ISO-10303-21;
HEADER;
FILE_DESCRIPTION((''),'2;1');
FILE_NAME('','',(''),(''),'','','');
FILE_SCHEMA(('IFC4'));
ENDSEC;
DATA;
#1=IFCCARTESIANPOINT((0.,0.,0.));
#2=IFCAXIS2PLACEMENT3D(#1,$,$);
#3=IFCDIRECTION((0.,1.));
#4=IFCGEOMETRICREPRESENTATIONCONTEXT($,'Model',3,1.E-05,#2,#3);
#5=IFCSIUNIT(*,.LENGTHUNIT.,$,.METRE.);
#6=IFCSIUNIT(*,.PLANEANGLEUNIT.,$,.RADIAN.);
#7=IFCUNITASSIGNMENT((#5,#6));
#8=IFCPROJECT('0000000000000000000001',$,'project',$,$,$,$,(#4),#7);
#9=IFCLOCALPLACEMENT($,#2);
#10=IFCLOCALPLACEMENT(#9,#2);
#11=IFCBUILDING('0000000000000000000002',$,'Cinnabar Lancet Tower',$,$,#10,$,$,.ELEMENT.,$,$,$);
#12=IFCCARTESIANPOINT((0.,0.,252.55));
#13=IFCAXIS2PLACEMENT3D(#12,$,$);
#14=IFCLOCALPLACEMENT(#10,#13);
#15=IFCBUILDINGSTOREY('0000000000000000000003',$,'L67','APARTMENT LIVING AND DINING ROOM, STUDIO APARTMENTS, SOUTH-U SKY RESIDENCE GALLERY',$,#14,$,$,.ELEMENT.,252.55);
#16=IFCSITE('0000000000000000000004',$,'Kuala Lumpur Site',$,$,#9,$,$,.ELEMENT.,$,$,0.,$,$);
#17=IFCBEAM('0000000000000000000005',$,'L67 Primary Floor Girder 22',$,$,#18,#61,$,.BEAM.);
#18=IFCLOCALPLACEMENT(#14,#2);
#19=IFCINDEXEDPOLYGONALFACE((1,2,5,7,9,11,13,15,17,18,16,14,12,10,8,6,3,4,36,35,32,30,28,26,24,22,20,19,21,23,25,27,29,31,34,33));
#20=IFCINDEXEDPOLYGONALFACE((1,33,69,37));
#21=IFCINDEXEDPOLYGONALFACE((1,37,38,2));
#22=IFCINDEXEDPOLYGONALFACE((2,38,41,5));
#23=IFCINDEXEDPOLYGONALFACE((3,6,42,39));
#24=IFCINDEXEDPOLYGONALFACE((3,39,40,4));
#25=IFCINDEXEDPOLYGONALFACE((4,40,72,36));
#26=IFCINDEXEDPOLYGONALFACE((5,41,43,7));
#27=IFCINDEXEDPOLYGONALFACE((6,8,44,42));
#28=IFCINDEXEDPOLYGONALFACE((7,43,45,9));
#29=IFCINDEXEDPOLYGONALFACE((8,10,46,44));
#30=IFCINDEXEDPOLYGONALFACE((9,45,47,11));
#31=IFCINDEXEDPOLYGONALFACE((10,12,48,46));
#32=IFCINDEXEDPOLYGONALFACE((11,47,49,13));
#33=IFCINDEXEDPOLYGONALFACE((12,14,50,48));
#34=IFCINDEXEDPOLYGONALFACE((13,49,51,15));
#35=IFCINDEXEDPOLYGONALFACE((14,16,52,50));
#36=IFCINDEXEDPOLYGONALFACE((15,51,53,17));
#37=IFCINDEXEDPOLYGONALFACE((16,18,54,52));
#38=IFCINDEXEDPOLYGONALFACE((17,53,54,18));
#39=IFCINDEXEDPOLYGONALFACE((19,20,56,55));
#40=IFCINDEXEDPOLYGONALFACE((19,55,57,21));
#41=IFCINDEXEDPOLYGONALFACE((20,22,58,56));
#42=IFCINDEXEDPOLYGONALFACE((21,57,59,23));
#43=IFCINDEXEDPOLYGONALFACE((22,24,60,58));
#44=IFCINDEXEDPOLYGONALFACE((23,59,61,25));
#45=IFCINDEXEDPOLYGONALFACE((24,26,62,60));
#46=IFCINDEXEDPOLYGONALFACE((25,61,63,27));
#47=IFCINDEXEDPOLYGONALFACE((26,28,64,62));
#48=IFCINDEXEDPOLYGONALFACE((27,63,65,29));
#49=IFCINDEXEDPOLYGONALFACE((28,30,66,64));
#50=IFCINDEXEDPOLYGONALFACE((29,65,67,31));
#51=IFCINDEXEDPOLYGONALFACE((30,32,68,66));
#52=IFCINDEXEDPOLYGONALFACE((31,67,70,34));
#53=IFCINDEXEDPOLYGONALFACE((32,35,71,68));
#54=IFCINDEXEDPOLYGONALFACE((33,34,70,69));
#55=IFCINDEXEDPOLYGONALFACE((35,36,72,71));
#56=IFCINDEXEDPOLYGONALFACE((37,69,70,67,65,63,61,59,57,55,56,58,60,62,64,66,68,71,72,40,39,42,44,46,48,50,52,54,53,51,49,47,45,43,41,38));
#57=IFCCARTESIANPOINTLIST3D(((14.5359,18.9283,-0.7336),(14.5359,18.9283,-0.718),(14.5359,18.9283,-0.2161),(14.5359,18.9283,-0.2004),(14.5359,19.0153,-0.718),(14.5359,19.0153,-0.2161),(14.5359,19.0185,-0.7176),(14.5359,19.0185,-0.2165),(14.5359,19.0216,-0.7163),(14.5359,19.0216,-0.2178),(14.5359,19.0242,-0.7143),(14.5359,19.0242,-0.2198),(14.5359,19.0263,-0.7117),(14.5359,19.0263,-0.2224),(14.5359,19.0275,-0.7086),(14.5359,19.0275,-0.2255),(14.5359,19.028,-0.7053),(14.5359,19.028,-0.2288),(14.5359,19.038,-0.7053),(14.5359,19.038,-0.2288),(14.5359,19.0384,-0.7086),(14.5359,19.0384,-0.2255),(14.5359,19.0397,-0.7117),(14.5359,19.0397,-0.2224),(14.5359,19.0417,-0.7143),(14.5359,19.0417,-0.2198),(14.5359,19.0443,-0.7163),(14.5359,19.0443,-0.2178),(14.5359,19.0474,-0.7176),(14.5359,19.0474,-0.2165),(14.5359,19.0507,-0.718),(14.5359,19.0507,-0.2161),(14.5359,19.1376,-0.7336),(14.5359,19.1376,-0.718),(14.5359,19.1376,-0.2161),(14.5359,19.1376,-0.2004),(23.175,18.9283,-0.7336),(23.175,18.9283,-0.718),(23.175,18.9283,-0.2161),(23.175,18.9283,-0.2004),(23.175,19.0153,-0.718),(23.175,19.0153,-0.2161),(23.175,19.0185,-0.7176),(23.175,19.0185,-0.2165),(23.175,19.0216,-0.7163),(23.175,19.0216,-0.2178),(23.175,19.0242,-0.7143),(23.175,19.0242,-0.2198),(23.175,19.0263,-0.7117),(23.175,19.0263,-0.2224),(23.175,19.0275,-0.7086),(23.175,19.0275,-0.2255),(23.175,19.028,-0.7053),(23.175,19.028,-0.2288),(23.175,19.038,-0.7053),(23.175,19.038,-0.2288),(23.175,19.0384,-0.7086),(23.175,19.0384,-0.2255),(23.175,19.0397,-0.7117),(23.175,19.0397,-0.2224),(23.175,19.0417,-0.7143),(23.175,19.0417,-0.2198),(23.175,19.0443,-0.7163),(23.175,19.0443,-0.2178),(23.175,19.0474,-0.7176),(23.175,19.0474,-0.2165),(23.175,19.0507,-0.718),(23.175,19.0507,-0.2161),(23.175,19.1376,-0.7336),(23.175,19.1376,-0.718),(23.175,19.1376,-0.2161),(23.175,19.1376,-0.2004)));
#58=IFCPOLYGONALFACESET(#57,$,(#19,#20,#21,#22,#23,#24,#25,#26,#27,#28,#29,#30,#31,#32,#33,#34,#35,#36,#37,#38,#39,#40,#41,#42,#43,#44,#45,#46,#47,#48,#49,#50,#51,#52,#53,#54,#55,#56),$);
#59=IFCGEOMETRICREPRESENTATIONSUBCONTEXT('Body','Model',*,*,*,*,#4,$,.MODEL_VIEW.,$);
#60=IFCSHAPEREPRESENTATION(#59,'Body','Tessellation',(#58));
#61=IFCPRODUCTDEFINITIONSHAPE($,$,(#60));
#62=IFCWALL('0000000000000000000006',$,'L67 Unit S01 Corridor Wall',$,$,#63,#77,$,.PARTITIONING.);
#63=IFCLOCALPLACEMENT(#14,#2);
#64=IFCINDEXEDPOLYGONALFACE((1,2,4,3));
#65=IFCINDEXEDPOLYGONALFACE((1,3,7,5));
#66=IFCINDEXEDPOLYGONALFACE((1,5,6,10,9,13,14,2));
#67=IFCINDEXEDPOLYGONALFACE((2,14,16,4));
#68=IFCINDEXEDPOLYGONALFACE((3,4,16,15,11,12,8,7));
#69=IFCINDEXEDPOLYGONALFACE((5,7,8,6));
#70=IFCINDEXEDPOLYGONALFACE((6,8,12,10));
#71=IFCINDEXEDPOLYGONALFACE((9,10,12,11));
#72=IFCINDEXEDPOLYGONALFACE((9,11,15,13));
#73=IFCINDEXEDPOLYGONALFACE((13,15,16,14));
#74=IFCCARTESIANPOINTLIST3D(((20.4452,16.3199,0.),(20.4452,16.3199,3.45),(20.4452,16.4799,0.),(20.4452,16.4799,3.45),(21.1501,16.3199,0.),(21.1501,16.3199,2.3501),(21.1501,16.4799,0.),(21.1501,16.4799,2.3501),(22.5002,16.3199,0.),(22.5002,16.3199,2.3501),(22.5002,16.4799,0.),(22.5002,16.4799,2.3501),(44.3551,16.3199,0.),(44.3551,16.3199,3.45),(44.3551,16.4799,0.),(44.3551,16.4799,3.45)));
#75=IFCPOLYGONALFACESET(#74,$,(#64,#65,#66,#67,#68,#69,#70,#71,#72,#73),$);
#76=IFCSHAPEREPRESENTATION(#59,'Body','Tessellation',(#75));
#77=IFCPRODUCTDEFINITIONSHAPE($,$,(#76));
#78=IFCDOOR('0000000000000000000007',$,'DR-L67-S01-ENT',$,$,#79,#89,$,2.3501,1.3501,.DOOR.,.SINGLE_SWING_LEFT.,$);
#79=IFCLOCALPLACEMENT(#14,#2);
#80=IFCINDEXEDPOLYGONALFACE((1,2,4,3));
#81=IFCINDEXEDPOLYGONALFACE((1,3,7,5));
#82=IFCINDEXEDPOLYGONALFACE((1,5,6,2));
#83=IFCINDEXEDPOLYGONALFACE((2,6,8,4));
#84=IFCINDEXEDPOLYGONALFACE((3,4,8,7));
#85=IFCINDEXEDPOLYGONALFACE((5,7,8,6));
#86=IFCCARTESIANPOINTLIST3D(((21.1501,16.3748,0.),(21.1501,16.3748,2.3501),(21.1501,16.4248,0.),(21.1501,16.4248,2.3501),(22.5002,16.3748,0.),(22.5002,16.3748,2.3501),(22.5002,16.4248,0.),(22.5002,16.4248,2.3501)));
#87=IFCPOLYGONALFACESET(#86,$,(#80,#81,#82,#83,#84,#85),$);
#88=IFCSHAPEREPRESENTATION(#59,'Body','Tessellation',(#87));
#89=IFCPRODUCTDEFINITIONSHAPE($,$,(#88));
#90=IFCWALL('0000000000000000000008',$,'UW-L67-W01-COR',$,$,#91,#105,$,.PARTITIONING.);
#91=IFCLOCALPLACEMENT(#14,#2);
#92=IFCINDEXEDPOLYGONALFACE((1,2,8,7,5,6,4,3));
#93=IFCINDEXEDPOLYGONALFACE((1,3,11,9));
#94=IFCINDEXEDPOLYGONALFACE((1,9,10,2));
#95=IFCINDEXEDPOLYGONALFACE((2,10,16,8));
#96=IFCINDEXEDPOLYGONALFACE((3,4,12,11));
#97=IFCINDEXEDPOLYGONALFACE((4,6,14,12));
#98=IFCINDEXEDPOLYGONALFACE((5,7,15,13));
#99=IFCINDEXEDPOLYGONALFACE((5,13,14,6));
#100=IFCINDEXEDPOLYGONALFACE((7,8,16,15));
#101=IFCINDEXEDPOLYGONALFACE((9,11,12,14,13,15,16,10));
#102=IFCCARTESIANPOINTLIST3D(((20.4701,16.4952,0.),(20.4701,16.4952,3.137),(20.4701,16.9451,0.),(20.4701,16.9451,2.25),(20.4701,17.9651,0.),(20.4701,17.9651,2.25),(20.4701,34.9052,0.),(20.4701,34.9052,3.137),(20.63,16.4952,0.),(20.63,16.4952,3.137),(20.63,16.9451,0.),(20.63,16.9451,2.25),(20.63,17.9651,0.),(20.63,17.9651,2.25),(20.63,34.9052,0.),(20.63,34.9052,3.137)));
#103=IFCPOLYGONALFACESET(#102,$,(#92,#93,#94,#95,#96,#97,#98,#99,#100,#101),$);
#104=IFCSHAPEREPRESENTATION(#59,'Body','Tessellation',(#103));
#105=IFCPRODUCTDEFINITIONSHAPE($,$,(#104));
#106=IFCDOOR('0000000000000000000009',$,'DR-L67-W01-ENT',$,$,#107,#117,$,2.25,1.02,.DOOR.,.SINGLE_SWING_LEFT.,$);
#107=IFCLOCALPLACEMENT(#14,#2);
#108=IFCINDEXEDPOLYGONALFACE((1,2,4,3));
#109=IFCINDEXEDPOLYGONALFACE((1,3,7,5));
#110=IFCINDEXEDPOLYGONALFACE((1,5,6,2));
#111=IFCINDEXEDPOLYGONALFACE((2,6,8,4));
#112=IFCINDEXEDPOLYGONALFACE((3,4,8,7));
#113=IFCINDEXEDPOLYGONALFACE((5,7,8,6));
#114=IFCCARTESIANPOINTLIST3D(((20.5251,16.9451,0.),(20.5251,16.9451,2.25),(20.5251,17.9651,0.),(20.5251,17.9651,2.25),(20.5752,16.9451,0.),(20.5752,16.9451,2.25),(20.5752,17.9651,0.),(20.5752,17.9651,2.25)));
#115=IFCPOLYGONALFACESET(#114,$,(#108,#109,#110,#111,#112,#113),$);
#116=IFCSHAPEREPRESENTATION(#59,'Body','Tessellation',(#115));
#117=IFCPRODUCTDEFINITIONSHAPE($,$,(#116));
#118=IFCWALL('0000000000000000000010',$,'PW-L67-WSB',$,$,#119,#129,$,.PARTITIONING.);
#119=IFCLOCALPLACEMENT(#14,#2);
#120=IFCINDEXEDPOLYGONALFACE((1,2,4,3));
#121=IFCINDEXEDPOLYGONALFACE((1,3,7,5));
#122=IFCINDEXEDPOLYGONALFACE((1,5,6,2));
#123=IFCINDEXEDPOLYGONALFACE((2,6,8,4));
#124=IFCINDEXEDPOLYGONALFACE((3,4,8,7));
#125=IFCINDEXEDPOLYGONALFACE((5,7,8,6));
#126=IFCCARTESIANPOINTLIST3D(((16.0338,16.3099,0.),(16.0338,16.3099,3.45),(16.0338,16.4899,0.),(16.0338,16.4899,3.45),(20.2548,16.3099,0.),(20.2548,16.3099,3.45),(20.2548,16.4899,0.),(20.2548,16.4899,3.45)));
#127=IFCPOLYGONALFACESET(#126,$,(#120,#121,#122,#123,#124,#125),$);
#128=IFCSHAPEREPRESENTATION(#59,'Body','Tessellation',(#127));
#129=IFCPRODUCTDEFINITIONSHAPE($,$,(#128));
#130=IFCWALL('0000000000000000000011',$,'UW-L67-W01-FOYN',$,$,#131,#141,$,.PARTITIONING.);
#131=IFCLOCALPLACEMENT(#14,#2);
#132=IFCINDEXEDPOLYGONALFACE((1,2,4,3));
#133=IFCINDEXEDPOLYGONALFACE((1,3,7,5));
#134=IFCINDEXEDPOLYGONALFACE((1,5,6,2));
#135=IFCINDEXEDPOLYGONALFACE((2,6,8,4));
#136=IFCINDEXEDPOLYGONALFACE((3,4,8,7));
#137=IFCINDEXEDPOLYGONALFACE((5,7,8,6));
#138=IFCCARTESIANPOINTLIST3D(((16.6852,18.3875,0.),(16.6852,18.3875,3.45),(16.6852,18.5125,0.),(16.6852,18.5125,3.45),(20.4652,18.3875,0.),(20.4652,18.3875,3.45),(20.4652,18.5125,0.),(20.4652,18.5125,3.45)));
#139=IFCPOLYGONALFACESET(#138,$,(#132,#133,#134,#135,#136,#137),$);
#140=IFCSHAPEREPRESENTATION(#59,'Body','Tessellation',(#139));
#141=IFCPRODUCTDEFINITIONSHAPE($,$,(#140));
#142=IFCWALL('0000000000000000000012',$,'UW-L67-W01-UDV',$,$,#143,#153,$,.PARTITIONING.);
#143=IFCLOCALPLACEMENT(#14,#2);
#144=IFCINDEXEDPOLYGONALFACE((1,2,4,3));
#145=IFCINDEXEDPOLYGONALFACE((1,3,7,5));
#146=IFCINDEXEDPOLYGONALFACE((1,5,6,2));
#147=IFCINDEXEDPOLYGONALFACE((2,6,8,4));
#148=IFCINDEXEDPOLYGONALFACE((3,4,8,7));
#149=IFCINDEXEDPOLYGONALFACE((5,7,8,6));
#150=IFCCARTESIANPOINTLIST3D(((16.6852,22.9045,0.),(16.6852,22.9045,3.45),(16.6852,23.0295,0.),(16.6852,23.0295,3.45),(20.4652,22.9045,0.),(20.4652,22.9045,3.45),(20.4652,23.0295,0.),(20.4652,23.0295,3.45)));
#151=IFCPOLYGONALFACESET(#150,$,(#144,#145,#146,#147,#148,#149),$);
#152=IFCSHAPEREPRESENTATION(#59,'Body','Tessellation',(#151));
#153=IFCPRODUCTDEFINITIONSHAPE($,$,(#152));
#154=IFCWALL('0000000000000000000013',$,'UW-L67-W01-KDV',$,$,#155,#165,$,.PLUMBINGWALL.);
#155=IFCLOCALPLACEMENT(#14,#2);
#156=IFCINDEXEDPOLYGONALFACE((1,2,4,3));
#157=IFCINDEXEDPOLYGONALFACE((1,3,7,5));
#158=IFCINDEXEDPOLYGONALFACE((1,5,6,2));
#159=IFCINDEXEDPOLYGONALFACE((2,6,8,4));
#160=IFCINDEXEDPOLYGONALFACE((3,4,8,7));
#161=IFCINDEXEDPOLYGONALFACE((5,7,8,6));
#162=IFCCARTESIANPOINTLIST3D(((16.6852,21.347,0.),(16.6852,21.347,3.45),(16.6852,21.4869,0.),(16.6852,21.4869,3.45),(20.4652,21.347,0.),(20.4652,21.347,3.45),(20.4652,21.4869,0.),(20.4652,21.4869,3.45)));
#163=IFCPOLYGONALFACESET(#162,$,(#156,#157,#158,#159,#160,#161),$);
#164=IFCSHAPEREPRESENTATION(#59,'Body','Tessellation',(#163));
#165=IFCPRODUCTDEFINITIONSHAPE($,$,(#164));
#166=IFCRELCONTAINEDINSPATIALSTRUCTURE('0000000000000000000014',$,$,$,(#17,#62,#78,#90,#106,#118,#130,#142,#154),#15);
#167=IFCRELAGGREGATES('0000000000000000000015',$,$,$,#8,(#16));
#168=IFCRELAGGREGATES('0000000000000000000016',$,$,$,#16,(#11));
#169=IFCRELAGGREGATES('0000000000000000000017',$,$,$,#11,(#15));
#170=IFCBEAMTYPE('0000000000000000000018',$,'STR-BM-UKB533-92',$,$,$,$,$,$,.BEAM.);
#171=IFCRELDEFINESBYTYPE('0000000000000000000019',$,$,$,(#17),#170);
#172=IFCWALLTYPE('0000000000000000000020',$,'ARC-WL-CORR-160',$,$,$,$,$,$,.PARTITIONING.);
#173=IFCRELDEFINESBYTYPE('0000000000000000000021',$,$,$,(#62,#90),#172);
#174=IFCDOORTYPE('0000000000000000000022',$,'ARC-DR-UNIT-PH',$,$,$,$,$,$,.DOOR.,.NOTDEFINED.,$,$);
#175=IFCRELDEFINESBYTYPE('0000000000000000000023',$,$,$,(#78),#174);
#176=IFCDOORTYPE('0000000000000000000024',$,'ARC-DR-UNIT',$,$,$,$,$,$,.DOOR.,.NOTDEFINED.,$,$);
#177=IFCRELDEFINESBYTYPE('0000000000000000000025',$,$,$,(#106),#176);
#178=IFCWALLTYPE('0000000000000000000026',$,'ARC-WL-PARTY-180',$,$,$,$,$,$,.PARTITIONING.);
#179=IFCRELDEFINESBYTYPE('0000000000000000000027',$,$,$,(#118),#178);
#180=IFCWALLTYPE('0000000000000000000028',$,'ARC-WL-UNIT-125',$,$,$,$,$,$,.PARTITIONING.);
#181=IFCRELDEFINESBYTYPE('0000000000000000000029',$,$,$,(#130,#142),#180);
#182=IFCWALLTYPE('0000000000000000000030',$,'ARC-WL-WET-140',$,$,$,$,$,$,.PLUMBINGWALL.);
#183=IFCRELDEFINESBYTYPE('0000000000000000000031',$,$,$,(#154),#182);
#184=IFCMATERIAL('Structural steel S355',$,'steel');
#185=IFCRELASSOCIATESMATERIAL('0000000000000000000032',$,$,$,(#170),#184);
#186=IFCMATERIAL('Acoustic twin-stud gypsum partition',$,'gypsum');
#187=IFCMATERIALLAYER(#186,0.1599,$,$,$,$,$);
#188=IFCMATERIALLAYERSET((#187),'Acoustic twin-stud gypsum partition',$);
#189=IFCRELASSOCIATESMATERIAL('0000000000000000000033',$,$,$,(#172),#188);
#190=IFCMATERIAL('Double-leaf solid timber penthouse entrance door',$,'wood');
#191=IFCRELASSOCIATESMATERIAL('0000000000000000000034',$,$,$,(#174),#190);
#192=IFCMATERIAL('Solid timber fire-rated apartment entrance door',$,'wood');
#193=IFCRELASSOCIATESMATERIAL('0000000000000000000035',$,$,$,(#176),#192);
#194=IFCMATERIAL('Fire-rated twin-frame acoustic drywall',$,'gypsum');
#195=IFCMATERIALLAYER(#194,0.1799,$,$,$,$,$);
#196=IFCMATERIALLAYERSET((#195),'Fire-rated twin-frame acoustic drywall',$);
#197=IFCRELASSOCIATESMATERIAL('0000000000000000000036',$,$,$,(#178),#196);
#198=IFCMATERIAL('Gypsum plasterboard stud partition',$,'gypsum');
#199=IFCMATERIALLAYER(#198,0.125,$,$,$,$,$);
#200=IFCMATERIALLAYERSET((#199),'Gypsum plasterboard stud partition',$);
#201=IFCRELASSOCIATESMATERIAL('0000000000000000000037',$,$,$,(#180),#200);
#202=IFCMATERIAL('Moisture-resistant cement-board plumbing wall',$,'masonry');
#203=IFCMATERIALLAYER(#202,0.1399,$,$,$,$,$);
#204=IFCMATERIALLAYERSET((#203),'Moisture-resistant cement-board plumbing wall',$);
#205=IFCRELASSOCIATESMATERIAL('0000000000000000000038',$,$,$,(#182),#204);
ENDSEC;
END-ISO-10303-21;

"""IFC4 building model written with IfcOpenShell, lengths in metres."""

from ifc_helpers import new_model, si_unit, direction, frame, frame_2d, origin, origin_2d, place, context, subcontext, project, spatial, rectangle, i_section, extrude, material, layer, layer_set, material_profile, profile_set, type_object, element, fill, save


model = new_model("IFC4")

# Units and contexts
model_context = context("Model", 3, precision=1e-05, world=origin(), true_north=direction((0.0, 1.0)))
body_context = subcontext(model_context, "Body", "Model", "MODEL_VIEW")
ifc_project = project(units=[si_unit("LENGTHUNIT", "METRE"), si_unit("PLANEANGLEUNIT", "RADIAN")], contexts=[model_context])

# Site, building, storey
site_placement = place(None, origin())
site = spatial("IfcSite", under=ifc_project, at=site_placement, Name="Kuala Lumpur Site", CompositionType="ELEMENT", RefElevation=0.0)
building_placement = place(site_placement, origin())
building = spatial("IfcBuilding", under=site, at=building_placement, Name="Cinnabar Lancet Tower", CompositionType="ELEMENT")
storey_placement = place(building_placement, frame((0.0, 0.0, 252.55)))
storey = spatial("IfcBuildingStorey", under=building, at=storey_placement, Name="L67", Description="APARTMENT LIVING AND DINING ROOM, STUDIO APARTMENTS, SOUTH-U SKY RESIDENCE GALLERY", CompositionType="ELEMENT", Elevation=252.55)

# Beam
ifc_material_1 = material(Name="Structural steel S355", Category="steel")
ifc_material_profile_1 = material_profile(ifc_material_1, i_section(OverallWidth=0.2092, OverallDepth=0.5332, WebThickness=0.01, FlangeThickness=0.0156, FilletRadius=0.0127, at=origin_2d()), Name="UKB 533x210x92")
ifc_profile_set_1 = profile_set([ifc_material_profile_1], Name="Structural steel S355")
beam_type_1 = type_object("IfcBeamType", Name="STR-BM-UKB533-92", PredefinedType="BEAM", material=ifc_profile_set_1)
beam_1_placement = place(storey_placement, frame((14.5359, 19.033, -0.467), z_axis=(1.0, 0.0, 0.0), x_axis=(0.0, 1.0, 0.0)))
element("IfcBeam", 1, at=beam_1_placement, inside=storey, type_object=beam_type_1, Name="L67 Primary Floor Girder 22", PredefinedType="BEAM", context=body_context, shape_type="SweptSolid", body=[
    extrude(i_section(OverallWidth=0.2092, OverallDepth=0.5332, WebThickness=0.01, FlangeThickness=0.0156, FilletRadius=0.0127, at=origin_2d()), origin(), (0.0, 0.0, 1.0), 8.6392),
])

# Walls, openings, doors
ifc_material_2 = material(Name="Acoustic twin-stud gypsum partition", Category="gypsum")
ifc_layer_1 = layer(ifc_material_2, 0.1599)
ifc_layer_set_1 = layer_set([ifc_layer_1], Name="Acoustic twin-stud gypsum partition")
wall_type_1 = type_object("IfcWallType", Name="ARC-WL-CORR-160", PredefinedType="PARTITIONING", material=ifc_layer_set_1)
wall_1_placement = place(storey_placement, frame((20.4451, 16.3999, 0.0), z_axis=(0.0, 0.0, 1.0), x_axis=(1.0, 0.0, 0.0)))
wall_1 = element("IfcWall", 2, at=wall_1_placement, inside=storey, type_object=wall_type_1, Name="L67 Unit S01 Corridor Wall", PredefinedType="PARTITIONING", context=body_context, shape_type="SweptSolid", body=[
    extrude(rectangle(XDim=23.9099, YDim=0.1599, at=frame_2d((11.9551, 0.0))), origin(), (0.0, 0.0, 1.0), 3.45),
])
opening_1_placement = place(wall_1_placement, frame((0.7051, 0.0, 0.0)))
opening_1 = element("IfcOpeningElement", 3, at=opening_1_placement, cuts=wall_1, PredefinedType="OPENING", context=body_context, shape_type="SweptSolid", body=[
    extrude(rectangle(XDim=1.3501, YDim=2.3501, at=frame_2d((0.675, 1.175))), frame((0.0, 0.0898, 0.0), z_axis=(0.0, -1.0, 0.0), x_axis=(1.0, 0.0, 0.0)), (0.0, 0.0, 1.0), 0.1799),
])
ifc_material_3 = material(Name="Double-leaf solid timber penthouse entrance door", Category="wood")
door_type_1 = type_object("IfcDoorType", Name="ARC-DR-UNIT-PH", OperationType="NOTDEFINED", PredefinedType="DOOR", material=ifc_material_3)
door_1_placement = place(opening_1_placement, origin())
door_1 = element("IfcDoor", 4, at=door_1_placement, inside=storey, type_object=door_type_1, Name="DR-L67-S01-ENT", OperationType="SINGLE_SWING_LEFT", OverallHeight=2.3501, OverallWidth=1.3501, PredefinedType="DOOR", context=body_context, shape_type="SweptSolid", body=[
    extrude(rectangle(XDim=1.3501, YDim=2.3501, at=frame_2d((0.675, 1.175))), frame((0.0, 0.0249, 0.0), z_axis=(0.0, -1.0, 0.0), x_axis=(1.0, 0.0, 0.0)), (0.0, 0.0, 1.0), 0.05),
])
fill(opening_1, door_1)
wall_2_placement = place(storey_placement, frame((20.55, 16.4951, 0.0), z_axis=(0.0, 0.0, 1.0), x_axis=(0.0, 1.0, 0.0)))
wall_2 = element("IfcWall", 5, at=wall_2_placement, inside=storey, type_object=wall_type_1, Name="UW-L67-W01-COR", PredefinedType="PARTITIONING", context=body_context, shape_type="SweptSolid", body=[
    extrude(rectangle(XDim=18.4099, YDim=0.1599, at=frame_2d((9.2051, 0.0))), origin(), (0.0, 0.0, 1.0), 3.137),
])
opening_2_placement = place(wall_2_placement, frame((0.45, 0.0, 0.0)))
opening_2 = element("IfcOpeningElement", 6, at=opening_2_placement, cuts=wall_2, PredefinedType="OPENING", context=body_context, shape_type="SweptSolid", body=[
    extrude(rectangle(XDim=1.02, YDim=2.25, at=frame_2d((0.51, 1.125))), frame((0.0, 0.0898, 0.0), z_axis=(0.0, -1.0, 0.0), x_axis=(1.0, 0.0, 0.0)), (0.0, 0.0, 1.0), 0.1799),
])
ifc_material_4 = material(Name="Solid timber fire-rated apartment entrance door", Category="wood")
door_type_2 = type_object("IfcDoorType", Name="ARC-DR-UNIT", OperationType="NOTDEFINED", PredefinedType="DOOR", material=ifc_material_4)
door_2_placement = place(opening_2_placement, origin())
door_2 = element("IfcDoor", 7, at=door_2_placement, inside=storey, type_object=door_type_2, Name="DR-L67-W01-ENT", OperationType="SINGLE_SWING_LEFT", OverallHeight=2.25, OverallWidth=1.02, PredefinedType="DOOR", context=body_context, shape_type="SweptSolid", body=[
    extrude(rectangle(XDim=1.02, YDim=2.25, at=frame_2d((0.51, 1.125))), frame((0.0, 0.0249, 0.0), z_axis=(0.0, -1.0, 0.0), x_axis=(1.0, 0.0, 0.0)), (0.0, 0.0, 1.0), 0.05),
])
fill(opening_2, door_2)

# Walls
ifc_material_5 = material(Name="Fire-rated twin-frame acoustic drywall", Category="gypsum")
ifc_layer_2 = layer(ifc_material_5, 0.1799)
ifc_layer_set_2 = layer_set([ifc_layer_2], Name="Fire-rated twin-frame acoustic drywall")
wall_type_2 = type_object("IfcWallType", Name="ARC-WL-PARTY-180", PredefinedType="PARTITIONING", material=ifc_layer_set_2)
wall_3_placement = place(storey_placement, frame((16.0339, 16.3999, 0.0), z_axis=(0.0, 0.0, 1.0), x_axis=(1.0, 0.0, 0.0)))
element("IfcWall", 8, at=wall_3_placement, inside=storey, type_object=wall_type_2, Name="PW-L67-WSB", PredefinedType="PARTITIONING", context=body_context, shape_type="SweptSolid", body=[
    extrude(rectangle(XDim=4.2209, YDim=0.1799, at=frame_2d((2.1104, 0.0))), origin(), (0.0, 0.0, 1.0), 3.45),
])
ifc_material_6 = material(Name="Gypsum plasterboard stud partition", Category="gypsum")
ifc_layer_3 = layer(ifc_material_6, 0.125)
ifc_layer_set_3 = layer_set([ifc_layer_3], Name="Gypsum plasterboard stud partition")
wall_type_3 = type_object("IfcWallType", Name="ARC-WL-UNIT-125", PredefinedType="PARTITIONING", material=ifc_layer_set_3)
for number, where, z_axis, x_axis, name in (
    (9, (16.6851, 18.45, 0.0), (0.0, 0.0, 1.0), (1.0, 0.0, 0.0), "UW-L67-W01-FOYN"),
    (10, (16.6851, 22.967, 0.0), (0.0, 0.0, 1.0), (1.0, 0.0, 0.0), "UW-L67-W01-UDV"),
):
    element("IfcWall", number, at=place(storey_placement, frame(where, z_axis=z_axis, x_axis=x_axis)), inside=storey, type_object=wall_type_3, Name=name, PredefinedType="PARTITIONING", context=body_context, shape_type="SweptSolid", body=[
        extrude(rectangle(XDim=3.78, YDim=0.125, at=frame_2d((1.8901, 0.0))), origin(), (0.0, 0.0, 1.0), 3.45),
    ])

# Shared definitions
ifc_material_7 = material(Name="Moisture-resistant cement-board plumbing wall", Category="masonry")
ifc_layer_4 = layer(ifc_material_7, 0.1399)
ifc_layer_set_4 = layer_set([ifc_layer_4], Name="Moisture-resistant cement-board plumbing wall")
wall_type_4 = type_object("IfcWallType", Name="ARC-WL-WET-140", PredefinedType="PLUMBINGWALL", material=ifc_layer_set_4)

# Wall
wall_4_placement = place(storey_placement, frame((16.6851, 21.417, 0.0), z_axis=(0.0, 0.0, 1.0), x_axis=(1.0, 0.0, 0.0)))
element("IfcWall", 11, at=wall_4_placement, inside=storey, type_object=wall_type_4, Name="UW-L67-W01-KDV", PredefinedType="PLUMBINGWALL", context=body_context, shape_type="SweptSolid", body=[
    extrude(rectangle(XDim=3.78, YDim=0.1399, at=frame_2d((1.8901, 0.0))), origin(), (0.0, 0.0, 1.0), 3.45),
])

save(model, "model.ifc")
